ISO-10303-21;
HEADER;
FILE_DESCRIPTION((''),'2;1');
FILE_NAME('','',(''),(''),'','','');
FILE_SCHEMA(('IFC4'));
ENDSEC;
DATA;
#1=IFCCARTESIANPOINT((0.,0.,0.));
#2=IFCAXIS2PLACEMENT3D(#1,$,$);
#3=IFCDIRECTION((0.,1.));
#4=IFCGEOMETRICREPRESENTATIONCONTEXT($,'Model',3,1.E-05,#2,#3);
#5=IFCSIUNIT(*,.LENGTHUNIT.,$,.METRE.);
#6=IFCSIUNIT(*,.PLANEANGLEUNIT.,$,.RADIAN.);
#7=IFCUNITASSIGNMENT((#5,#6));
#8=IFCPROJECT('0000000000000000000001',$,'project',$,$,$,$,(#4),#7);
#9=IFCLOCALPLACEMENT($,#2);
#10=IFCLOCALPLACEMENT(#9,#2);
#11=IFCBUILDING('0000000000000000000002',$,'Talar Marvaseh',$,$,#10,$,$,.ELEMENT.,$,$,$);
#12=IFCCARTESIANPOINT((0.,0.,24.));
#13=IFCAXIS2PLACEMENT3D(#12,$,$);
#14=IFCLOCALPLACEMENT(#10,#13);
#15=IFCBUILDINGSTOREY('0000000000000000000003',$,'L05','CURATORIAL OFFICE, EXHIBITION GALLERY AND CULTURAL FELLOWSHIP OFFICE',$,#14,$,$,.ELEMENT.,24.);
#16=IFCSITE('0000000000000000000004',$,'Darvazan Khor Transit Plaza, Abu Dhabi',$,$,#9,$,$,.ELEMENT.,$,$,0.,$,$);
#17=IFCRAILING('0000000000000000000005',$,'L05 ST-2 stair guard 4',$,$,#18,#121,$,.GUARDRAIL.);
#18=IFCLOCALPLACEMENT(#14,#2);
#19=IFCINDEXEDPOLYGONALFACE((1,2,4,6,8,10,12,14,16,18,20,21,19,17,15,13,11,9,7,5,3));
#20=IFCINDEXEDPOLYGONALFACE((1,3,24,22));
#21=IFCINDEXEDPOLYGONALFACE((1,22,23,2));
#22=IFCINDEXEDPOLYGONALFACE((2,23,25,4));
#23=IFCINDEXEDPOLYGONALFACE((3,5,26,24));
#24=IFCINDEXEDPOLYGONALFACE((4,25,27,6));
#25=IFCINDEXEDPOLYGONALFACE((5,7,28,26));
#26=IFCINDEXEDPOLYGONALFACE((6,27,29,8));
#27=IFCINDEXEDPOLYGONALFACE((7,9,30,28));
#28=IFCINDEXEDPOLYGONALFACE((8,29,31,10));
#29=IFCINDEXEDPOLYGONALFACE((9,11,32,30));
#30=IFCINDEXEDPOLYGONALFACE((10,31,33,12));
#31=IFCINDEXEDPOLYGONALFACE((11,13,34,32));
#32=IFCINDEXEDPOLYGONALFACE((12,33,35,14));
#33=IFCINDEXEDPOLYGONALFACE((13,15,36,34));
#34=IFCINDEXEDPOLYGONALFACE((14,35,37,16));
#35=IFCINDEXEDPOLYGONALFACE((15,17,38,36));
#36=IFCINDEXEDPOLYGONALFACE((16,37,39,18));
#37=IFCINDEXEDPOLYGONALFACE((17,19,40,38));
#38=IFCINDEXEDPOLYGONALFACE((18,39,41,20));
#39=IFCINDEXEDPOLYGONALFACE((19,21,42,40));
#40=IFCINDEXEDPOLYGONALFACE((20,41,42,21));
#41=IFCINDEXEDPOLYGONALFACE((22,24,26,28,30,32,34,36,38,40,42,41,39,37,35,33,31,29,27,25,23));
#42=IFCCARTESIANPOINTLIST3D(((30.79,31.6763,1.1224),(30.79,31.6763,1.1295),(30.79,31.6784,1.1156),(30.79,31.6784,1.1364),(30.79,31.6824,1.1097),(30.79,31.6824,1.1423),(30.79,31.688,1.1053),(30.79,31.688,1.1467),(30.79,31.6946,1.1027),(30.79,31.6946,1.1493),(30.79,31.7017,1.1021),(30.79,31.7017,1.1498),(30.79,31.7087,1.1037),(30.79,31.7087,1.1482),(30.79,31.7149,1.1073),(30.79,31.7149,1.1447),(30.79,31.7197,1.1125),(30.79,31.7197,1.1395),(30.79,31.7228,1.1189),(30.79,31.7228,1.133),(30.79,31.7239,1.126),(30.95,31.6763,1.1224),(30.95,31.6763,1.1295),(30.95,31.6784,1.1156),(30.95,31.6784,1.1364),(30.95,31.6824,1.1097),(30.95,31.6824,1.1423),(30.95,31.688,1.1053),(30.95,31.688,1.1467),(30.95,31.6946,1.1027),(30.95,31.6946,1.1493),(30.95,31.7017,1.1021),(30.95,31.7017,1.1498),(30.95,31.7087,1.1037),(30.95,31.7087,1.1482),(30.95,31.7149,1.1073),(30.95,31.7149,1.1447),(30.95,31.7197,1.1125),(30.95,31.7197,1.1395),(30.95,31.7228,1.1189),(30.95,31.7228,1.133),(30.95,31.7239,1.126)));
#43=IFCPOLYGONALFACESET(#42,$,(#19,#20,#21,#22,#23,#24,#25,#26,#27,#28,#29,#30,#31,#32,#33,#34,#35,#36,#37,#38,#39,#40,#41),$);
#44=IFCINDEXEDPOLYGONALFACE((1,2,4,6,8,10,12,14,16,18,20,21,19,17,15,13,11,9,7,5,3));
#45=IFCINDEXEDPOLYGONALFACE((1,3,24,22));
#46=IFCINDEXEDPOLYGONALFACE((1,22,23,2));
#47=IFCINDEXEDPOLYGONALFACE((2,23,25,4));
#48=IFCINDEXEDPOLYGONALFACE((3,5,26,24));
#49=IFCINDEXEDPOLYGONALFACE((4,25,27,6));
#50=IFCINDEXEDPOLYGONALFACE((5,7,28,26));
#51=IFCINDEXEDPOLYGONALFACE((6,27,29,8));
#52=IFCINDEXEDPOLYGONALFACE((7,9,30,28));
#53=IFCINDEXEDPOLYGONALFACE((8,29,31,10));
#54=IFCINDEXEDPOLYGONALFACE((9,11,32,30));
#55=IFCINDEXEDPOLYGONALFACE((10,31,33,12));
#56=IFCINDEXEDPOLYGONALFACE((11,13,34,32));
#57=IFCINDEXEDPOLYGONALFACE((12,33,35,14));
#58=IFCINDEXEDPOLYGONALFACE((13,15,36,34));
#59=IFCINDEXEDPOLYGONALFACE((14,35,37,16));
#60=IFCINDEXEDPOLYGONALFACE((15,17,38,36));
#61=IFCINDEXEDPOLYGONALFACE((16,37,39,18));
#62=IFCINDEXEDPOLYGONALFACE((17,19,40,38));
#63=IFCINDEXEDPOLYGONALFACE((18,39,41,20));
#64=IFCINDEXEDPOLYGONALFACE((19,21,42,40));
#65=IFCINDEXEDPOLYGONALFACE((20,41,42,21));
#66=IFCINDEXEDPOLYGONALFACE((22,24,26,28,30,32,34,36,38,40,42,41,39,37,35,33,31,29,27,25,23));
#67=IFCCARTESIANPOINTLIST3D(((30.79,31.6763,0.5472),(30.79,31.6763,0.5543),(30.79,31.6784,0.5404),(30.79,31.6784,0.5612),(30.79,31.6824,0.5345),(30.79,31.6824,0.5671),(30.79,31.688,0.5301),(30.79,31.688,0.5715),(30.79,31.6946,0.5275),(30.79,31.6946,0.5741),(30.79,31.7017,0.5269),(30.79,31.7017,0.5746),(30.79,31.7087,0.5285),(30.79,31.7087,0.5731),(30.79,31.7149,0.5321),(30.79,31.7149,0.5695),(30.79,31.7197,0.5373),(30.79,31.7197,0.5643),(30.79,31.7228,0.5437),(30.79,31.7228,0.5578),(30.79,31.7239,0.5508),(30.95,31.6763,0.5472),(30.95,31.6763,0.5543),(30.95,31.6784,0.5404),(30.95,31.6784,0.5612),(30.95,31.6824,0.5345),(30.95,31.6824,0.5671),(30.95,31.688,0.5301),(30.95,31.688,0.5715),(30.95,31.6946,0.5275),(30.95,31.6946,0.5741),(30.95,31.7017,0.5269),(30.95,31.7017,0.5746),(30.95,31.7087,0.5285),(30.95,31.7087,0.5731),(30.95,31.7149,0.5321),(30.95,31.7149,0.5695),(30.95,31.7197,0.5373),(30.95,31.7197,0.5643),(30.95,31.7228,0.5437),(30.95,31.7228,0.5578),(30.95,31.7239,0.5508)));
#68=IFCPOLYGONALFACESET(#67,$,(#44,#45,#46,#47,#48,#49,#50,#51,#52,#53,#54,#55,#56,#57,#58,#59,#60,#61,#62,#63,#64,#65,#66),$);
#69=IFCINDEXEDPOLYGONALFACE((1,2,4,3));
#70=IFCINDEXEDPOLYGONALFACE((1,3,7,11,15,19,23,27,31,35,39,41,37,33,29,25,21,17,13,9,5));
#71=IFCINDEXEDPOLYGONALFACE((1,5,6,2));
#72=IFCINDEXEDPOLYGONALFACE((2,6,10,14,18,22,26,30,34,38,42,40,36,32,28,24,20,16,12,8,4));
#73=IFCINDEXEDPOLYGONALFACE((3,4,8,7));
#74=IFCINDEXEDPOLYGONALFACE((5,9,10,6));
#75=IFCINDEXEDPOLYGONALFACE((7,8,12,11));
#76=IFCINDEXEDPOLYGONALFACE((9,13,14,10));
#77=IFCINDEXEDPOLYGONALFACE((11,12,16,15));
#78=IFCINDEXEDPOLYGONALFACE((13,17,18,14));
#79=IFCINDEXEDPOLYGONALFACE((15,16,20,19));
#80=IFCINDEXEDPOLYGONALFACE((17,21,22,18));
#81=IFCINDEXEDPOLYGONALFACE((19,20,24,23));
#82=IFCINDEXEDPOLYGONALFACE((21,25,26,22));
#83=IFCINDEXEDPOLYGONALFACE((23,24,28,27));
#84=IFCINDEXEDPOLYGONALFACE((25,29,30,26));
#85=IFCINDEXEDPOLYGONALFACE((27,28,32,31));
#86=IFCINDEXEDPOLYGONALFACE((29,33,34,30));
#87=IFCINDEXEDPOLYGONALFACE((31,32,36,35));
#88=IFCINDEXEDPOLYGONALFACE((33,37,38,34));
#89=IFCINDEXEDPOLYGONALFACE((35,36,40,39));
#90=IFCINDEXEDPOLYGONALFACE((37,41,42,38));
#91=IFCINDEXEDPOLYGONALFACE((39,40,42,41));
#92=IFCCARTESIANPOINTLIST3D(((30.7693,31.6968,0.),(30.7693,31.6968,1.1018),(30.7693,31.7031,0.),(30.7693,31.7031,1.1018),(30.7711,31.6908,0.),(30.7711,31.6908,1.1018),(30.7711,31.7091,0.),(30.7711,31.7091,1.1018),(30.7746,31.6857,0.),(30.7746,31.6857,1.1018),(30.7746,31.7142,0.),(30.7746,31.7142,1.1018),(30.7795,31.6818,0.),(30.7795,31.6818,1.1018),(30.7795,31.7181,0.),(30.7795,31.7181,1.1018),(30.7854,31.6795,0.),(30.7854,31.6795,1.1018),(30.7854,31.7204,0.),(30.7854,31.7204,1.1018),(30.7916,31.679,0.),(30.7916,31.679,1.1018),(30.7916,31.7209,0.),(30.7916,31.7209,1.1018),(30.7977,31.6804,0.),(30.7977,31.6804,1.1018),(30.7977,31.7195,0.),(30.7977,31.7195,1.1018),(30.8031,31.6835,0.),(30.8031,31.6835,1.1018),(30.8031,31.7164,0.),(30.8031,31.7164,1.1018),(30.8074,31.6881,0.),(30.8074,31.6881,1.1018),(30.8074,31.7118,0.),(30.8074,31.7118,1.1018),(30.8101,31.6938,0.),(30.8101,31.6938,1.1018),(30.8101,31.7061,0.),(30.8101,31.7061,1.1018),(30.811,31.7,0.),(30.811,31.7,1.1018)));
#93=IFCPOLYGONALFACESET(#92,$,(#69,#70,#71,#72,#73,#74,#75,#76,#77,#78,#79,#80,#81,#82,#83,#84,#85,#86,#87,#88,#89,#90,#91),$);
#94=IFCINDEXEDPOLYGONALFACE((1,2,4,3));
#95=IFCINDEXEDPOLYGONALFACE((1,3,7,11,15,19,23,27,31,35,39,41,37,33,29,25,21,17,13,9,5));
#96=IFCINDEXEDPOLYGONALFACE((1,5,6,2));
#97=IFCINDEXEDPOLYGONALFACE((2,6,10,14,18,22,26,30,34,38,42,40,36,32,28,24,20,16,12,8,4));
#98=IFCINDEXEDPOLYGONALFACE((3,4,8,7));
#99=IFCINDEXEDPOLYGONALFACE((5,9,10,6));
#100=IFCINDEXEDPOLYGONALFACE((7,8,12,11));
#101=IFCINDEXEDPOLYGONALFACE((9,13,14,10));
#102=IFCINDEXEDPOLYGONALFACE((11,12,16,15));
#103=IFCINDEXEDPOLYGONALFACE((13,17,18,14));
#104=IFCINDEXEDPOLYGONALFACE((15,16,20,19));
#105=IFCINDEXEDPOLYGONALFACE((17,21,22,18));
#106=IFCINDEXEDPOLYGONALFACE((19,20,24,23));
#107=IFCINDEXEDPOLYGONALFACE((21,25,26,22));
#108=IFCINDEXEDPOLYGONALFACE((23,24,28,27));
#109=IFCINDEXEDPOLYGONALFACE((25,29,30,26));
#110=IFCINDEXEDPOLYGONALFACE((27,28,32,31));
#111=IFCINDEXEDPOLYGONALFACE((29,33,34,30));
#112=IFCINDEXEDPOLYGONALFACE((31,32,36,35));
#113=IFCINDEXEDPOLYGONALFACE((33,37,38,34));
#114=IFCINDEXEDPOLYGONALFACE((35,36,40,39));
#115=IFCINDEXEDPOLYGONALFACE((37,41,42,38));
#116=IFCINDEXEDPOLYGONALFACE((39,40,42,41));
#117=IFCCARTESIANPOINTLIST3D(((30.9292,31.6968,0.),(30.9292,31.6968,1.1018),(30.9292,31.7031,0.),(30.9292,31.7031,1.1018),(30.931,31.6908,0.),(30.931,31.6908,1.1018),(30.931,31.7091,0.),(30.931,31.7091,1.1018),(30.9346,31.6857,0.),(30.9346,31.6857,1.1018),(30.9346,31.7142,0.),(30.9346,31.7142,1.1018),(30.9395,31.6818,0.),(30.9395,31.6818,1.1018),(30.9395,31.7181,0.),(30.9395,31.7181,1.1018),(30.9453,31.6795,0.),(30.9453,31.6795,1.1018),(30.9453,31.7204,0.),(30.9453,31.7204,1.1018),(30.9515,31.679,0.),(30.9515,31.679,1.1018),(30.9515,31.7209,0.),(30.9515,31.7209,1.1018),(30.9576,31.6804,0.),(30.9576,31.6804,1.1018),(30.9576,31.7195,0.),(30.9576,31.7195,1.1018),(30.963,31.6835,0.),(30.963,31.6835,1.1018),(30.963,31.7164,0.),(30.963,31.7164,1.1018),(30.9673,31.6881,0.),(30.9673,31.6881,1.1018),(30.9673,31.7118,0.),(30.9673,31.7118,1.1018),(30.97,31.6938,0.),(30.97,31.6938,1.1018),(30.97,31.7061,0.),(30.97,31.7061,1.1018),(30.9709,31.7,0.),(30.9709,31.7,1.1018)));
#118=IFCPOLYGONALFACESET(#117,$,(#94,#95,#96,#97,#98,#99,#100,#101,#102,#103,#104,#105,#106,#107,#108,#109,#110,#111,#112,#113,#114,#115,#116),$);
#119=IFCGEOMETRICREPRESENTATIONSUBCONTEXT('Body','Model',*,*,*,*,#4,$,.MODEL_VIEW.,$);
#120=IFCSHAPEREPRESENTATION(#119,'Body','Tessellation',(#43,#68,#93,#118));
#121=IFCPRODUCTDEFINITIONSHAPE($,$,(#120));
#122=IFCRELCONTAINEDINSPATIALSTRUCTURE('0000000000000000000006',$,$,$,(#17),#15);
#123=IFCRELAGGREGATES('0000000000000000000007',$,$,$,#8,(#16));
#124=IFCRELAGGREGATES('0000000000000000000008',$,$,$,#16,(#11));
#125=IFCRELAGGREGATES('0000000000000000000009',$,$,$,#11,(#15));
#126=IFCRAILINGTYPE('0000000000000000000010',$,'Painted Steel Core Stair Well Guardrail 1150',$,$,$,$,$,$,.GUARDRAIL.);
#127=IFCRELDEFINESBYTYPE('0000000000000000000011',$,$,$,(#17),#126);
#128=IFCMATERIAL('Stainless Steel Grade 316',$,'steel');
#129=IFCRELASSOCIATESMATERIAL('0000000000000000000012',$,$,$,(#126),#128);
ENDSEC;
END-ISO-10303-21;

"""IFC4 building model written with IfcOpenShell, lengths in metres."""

from ifc_helpers import new_model, si_unit, direction, frame, origin, origin_2d, place, context, subcontext, project, spatial, circle, extrude, material, type_object, element, save


model = new_model("IFC4")

# Units and contexts
model_context = context("Model", 3, precision=1e-05, world=origin(), true_north=direction((0.0, 1.0)))
body_context = subcontext(model_context, "Body", "Model", "MODEL_VIEW")
ifc_project = project(units=[si_unit("LENGTHUNIT", "METRE"), si_unit("PLANEANGLEUNIT", "RADIAN")], contexts=[model_context])

# Site, building, storey
site_placement = place(None, origin())
site = spatial("IfcSite", under=ifc_project, at=site_placement, Name="Darvazan Khor Transit Plaza, Abu Dhabi", CompositionType="ELEMENT", RefElevation=0.0)
building_placement = place(site_placement, origin())
building = spatial("IfcBuilding", under=site, at=building_placement, Name="Talar Marvaseh", CompositionType="ELEMENT")
storey_placement = place(building_placement, frame((0.0, 0.0, 24.0)))
storey = spatial("IfcBuildingStorey", under=building, at=storey_placement, Name="L05", Description="CURATORIAL OFFICE, EXHIBITION GALLERY AND CULTURAL FELLOWSHIP OFFICE", CompositionType="ELEMENT", Elevation=24.0)

# Shared definitions
ifc_material_1 = material(Name="Stainless Steel Grade 316", Category="steel")

# Railing
railing_type_1 = type_object("IfcRailingType", Name="Painted Steel Core Stair Well Guardrail 1150", PredefinedType="GUARDRAIL", material=ifc_material_1)
railing_1_placement = place(storey_placement, frame((30.79, 31.7, 0.0)))
element("IfcRailing", 1, at=railing_1_placement, inside=storey, type_object=railing_type_1, Name="L05 ST-2 stair guard 4", PredefinedType="GUARDRAIL", context=body_context, shape_type="SweptSolid", body=[
    extrude(circle(Radius=0.0239, at=origin_2d()), frame((0.0, 0.0, 1.126), z_axis=(1.0, 0.0, 0.0), x_axis=(0.0, 1.0, 0.0)), (0.0, 0.0, 1.0), 0.1599),
    extrude(circle(Radius=0.0239, at=origin_2d()), frame((0.0, 0.0, 0.5508), z_axis=(1.0, 0.0, 0.0), x_axis=(0.0, 1.0, 0.0)), (0.0, 0.0, 1.0), 0.1599),
    extrude(circle(Radius=0.021, at=origin_2d()), origin(), (0.0, 0.0, 1.0), 1.1018),
    extrude(circle(Radius=0.021, at=origin_2d()), frame((0.1599, 0.0, 0.0)), (0.0, 0.0, 1.0), 1.1018),
])

save(model, "model.ifc")
